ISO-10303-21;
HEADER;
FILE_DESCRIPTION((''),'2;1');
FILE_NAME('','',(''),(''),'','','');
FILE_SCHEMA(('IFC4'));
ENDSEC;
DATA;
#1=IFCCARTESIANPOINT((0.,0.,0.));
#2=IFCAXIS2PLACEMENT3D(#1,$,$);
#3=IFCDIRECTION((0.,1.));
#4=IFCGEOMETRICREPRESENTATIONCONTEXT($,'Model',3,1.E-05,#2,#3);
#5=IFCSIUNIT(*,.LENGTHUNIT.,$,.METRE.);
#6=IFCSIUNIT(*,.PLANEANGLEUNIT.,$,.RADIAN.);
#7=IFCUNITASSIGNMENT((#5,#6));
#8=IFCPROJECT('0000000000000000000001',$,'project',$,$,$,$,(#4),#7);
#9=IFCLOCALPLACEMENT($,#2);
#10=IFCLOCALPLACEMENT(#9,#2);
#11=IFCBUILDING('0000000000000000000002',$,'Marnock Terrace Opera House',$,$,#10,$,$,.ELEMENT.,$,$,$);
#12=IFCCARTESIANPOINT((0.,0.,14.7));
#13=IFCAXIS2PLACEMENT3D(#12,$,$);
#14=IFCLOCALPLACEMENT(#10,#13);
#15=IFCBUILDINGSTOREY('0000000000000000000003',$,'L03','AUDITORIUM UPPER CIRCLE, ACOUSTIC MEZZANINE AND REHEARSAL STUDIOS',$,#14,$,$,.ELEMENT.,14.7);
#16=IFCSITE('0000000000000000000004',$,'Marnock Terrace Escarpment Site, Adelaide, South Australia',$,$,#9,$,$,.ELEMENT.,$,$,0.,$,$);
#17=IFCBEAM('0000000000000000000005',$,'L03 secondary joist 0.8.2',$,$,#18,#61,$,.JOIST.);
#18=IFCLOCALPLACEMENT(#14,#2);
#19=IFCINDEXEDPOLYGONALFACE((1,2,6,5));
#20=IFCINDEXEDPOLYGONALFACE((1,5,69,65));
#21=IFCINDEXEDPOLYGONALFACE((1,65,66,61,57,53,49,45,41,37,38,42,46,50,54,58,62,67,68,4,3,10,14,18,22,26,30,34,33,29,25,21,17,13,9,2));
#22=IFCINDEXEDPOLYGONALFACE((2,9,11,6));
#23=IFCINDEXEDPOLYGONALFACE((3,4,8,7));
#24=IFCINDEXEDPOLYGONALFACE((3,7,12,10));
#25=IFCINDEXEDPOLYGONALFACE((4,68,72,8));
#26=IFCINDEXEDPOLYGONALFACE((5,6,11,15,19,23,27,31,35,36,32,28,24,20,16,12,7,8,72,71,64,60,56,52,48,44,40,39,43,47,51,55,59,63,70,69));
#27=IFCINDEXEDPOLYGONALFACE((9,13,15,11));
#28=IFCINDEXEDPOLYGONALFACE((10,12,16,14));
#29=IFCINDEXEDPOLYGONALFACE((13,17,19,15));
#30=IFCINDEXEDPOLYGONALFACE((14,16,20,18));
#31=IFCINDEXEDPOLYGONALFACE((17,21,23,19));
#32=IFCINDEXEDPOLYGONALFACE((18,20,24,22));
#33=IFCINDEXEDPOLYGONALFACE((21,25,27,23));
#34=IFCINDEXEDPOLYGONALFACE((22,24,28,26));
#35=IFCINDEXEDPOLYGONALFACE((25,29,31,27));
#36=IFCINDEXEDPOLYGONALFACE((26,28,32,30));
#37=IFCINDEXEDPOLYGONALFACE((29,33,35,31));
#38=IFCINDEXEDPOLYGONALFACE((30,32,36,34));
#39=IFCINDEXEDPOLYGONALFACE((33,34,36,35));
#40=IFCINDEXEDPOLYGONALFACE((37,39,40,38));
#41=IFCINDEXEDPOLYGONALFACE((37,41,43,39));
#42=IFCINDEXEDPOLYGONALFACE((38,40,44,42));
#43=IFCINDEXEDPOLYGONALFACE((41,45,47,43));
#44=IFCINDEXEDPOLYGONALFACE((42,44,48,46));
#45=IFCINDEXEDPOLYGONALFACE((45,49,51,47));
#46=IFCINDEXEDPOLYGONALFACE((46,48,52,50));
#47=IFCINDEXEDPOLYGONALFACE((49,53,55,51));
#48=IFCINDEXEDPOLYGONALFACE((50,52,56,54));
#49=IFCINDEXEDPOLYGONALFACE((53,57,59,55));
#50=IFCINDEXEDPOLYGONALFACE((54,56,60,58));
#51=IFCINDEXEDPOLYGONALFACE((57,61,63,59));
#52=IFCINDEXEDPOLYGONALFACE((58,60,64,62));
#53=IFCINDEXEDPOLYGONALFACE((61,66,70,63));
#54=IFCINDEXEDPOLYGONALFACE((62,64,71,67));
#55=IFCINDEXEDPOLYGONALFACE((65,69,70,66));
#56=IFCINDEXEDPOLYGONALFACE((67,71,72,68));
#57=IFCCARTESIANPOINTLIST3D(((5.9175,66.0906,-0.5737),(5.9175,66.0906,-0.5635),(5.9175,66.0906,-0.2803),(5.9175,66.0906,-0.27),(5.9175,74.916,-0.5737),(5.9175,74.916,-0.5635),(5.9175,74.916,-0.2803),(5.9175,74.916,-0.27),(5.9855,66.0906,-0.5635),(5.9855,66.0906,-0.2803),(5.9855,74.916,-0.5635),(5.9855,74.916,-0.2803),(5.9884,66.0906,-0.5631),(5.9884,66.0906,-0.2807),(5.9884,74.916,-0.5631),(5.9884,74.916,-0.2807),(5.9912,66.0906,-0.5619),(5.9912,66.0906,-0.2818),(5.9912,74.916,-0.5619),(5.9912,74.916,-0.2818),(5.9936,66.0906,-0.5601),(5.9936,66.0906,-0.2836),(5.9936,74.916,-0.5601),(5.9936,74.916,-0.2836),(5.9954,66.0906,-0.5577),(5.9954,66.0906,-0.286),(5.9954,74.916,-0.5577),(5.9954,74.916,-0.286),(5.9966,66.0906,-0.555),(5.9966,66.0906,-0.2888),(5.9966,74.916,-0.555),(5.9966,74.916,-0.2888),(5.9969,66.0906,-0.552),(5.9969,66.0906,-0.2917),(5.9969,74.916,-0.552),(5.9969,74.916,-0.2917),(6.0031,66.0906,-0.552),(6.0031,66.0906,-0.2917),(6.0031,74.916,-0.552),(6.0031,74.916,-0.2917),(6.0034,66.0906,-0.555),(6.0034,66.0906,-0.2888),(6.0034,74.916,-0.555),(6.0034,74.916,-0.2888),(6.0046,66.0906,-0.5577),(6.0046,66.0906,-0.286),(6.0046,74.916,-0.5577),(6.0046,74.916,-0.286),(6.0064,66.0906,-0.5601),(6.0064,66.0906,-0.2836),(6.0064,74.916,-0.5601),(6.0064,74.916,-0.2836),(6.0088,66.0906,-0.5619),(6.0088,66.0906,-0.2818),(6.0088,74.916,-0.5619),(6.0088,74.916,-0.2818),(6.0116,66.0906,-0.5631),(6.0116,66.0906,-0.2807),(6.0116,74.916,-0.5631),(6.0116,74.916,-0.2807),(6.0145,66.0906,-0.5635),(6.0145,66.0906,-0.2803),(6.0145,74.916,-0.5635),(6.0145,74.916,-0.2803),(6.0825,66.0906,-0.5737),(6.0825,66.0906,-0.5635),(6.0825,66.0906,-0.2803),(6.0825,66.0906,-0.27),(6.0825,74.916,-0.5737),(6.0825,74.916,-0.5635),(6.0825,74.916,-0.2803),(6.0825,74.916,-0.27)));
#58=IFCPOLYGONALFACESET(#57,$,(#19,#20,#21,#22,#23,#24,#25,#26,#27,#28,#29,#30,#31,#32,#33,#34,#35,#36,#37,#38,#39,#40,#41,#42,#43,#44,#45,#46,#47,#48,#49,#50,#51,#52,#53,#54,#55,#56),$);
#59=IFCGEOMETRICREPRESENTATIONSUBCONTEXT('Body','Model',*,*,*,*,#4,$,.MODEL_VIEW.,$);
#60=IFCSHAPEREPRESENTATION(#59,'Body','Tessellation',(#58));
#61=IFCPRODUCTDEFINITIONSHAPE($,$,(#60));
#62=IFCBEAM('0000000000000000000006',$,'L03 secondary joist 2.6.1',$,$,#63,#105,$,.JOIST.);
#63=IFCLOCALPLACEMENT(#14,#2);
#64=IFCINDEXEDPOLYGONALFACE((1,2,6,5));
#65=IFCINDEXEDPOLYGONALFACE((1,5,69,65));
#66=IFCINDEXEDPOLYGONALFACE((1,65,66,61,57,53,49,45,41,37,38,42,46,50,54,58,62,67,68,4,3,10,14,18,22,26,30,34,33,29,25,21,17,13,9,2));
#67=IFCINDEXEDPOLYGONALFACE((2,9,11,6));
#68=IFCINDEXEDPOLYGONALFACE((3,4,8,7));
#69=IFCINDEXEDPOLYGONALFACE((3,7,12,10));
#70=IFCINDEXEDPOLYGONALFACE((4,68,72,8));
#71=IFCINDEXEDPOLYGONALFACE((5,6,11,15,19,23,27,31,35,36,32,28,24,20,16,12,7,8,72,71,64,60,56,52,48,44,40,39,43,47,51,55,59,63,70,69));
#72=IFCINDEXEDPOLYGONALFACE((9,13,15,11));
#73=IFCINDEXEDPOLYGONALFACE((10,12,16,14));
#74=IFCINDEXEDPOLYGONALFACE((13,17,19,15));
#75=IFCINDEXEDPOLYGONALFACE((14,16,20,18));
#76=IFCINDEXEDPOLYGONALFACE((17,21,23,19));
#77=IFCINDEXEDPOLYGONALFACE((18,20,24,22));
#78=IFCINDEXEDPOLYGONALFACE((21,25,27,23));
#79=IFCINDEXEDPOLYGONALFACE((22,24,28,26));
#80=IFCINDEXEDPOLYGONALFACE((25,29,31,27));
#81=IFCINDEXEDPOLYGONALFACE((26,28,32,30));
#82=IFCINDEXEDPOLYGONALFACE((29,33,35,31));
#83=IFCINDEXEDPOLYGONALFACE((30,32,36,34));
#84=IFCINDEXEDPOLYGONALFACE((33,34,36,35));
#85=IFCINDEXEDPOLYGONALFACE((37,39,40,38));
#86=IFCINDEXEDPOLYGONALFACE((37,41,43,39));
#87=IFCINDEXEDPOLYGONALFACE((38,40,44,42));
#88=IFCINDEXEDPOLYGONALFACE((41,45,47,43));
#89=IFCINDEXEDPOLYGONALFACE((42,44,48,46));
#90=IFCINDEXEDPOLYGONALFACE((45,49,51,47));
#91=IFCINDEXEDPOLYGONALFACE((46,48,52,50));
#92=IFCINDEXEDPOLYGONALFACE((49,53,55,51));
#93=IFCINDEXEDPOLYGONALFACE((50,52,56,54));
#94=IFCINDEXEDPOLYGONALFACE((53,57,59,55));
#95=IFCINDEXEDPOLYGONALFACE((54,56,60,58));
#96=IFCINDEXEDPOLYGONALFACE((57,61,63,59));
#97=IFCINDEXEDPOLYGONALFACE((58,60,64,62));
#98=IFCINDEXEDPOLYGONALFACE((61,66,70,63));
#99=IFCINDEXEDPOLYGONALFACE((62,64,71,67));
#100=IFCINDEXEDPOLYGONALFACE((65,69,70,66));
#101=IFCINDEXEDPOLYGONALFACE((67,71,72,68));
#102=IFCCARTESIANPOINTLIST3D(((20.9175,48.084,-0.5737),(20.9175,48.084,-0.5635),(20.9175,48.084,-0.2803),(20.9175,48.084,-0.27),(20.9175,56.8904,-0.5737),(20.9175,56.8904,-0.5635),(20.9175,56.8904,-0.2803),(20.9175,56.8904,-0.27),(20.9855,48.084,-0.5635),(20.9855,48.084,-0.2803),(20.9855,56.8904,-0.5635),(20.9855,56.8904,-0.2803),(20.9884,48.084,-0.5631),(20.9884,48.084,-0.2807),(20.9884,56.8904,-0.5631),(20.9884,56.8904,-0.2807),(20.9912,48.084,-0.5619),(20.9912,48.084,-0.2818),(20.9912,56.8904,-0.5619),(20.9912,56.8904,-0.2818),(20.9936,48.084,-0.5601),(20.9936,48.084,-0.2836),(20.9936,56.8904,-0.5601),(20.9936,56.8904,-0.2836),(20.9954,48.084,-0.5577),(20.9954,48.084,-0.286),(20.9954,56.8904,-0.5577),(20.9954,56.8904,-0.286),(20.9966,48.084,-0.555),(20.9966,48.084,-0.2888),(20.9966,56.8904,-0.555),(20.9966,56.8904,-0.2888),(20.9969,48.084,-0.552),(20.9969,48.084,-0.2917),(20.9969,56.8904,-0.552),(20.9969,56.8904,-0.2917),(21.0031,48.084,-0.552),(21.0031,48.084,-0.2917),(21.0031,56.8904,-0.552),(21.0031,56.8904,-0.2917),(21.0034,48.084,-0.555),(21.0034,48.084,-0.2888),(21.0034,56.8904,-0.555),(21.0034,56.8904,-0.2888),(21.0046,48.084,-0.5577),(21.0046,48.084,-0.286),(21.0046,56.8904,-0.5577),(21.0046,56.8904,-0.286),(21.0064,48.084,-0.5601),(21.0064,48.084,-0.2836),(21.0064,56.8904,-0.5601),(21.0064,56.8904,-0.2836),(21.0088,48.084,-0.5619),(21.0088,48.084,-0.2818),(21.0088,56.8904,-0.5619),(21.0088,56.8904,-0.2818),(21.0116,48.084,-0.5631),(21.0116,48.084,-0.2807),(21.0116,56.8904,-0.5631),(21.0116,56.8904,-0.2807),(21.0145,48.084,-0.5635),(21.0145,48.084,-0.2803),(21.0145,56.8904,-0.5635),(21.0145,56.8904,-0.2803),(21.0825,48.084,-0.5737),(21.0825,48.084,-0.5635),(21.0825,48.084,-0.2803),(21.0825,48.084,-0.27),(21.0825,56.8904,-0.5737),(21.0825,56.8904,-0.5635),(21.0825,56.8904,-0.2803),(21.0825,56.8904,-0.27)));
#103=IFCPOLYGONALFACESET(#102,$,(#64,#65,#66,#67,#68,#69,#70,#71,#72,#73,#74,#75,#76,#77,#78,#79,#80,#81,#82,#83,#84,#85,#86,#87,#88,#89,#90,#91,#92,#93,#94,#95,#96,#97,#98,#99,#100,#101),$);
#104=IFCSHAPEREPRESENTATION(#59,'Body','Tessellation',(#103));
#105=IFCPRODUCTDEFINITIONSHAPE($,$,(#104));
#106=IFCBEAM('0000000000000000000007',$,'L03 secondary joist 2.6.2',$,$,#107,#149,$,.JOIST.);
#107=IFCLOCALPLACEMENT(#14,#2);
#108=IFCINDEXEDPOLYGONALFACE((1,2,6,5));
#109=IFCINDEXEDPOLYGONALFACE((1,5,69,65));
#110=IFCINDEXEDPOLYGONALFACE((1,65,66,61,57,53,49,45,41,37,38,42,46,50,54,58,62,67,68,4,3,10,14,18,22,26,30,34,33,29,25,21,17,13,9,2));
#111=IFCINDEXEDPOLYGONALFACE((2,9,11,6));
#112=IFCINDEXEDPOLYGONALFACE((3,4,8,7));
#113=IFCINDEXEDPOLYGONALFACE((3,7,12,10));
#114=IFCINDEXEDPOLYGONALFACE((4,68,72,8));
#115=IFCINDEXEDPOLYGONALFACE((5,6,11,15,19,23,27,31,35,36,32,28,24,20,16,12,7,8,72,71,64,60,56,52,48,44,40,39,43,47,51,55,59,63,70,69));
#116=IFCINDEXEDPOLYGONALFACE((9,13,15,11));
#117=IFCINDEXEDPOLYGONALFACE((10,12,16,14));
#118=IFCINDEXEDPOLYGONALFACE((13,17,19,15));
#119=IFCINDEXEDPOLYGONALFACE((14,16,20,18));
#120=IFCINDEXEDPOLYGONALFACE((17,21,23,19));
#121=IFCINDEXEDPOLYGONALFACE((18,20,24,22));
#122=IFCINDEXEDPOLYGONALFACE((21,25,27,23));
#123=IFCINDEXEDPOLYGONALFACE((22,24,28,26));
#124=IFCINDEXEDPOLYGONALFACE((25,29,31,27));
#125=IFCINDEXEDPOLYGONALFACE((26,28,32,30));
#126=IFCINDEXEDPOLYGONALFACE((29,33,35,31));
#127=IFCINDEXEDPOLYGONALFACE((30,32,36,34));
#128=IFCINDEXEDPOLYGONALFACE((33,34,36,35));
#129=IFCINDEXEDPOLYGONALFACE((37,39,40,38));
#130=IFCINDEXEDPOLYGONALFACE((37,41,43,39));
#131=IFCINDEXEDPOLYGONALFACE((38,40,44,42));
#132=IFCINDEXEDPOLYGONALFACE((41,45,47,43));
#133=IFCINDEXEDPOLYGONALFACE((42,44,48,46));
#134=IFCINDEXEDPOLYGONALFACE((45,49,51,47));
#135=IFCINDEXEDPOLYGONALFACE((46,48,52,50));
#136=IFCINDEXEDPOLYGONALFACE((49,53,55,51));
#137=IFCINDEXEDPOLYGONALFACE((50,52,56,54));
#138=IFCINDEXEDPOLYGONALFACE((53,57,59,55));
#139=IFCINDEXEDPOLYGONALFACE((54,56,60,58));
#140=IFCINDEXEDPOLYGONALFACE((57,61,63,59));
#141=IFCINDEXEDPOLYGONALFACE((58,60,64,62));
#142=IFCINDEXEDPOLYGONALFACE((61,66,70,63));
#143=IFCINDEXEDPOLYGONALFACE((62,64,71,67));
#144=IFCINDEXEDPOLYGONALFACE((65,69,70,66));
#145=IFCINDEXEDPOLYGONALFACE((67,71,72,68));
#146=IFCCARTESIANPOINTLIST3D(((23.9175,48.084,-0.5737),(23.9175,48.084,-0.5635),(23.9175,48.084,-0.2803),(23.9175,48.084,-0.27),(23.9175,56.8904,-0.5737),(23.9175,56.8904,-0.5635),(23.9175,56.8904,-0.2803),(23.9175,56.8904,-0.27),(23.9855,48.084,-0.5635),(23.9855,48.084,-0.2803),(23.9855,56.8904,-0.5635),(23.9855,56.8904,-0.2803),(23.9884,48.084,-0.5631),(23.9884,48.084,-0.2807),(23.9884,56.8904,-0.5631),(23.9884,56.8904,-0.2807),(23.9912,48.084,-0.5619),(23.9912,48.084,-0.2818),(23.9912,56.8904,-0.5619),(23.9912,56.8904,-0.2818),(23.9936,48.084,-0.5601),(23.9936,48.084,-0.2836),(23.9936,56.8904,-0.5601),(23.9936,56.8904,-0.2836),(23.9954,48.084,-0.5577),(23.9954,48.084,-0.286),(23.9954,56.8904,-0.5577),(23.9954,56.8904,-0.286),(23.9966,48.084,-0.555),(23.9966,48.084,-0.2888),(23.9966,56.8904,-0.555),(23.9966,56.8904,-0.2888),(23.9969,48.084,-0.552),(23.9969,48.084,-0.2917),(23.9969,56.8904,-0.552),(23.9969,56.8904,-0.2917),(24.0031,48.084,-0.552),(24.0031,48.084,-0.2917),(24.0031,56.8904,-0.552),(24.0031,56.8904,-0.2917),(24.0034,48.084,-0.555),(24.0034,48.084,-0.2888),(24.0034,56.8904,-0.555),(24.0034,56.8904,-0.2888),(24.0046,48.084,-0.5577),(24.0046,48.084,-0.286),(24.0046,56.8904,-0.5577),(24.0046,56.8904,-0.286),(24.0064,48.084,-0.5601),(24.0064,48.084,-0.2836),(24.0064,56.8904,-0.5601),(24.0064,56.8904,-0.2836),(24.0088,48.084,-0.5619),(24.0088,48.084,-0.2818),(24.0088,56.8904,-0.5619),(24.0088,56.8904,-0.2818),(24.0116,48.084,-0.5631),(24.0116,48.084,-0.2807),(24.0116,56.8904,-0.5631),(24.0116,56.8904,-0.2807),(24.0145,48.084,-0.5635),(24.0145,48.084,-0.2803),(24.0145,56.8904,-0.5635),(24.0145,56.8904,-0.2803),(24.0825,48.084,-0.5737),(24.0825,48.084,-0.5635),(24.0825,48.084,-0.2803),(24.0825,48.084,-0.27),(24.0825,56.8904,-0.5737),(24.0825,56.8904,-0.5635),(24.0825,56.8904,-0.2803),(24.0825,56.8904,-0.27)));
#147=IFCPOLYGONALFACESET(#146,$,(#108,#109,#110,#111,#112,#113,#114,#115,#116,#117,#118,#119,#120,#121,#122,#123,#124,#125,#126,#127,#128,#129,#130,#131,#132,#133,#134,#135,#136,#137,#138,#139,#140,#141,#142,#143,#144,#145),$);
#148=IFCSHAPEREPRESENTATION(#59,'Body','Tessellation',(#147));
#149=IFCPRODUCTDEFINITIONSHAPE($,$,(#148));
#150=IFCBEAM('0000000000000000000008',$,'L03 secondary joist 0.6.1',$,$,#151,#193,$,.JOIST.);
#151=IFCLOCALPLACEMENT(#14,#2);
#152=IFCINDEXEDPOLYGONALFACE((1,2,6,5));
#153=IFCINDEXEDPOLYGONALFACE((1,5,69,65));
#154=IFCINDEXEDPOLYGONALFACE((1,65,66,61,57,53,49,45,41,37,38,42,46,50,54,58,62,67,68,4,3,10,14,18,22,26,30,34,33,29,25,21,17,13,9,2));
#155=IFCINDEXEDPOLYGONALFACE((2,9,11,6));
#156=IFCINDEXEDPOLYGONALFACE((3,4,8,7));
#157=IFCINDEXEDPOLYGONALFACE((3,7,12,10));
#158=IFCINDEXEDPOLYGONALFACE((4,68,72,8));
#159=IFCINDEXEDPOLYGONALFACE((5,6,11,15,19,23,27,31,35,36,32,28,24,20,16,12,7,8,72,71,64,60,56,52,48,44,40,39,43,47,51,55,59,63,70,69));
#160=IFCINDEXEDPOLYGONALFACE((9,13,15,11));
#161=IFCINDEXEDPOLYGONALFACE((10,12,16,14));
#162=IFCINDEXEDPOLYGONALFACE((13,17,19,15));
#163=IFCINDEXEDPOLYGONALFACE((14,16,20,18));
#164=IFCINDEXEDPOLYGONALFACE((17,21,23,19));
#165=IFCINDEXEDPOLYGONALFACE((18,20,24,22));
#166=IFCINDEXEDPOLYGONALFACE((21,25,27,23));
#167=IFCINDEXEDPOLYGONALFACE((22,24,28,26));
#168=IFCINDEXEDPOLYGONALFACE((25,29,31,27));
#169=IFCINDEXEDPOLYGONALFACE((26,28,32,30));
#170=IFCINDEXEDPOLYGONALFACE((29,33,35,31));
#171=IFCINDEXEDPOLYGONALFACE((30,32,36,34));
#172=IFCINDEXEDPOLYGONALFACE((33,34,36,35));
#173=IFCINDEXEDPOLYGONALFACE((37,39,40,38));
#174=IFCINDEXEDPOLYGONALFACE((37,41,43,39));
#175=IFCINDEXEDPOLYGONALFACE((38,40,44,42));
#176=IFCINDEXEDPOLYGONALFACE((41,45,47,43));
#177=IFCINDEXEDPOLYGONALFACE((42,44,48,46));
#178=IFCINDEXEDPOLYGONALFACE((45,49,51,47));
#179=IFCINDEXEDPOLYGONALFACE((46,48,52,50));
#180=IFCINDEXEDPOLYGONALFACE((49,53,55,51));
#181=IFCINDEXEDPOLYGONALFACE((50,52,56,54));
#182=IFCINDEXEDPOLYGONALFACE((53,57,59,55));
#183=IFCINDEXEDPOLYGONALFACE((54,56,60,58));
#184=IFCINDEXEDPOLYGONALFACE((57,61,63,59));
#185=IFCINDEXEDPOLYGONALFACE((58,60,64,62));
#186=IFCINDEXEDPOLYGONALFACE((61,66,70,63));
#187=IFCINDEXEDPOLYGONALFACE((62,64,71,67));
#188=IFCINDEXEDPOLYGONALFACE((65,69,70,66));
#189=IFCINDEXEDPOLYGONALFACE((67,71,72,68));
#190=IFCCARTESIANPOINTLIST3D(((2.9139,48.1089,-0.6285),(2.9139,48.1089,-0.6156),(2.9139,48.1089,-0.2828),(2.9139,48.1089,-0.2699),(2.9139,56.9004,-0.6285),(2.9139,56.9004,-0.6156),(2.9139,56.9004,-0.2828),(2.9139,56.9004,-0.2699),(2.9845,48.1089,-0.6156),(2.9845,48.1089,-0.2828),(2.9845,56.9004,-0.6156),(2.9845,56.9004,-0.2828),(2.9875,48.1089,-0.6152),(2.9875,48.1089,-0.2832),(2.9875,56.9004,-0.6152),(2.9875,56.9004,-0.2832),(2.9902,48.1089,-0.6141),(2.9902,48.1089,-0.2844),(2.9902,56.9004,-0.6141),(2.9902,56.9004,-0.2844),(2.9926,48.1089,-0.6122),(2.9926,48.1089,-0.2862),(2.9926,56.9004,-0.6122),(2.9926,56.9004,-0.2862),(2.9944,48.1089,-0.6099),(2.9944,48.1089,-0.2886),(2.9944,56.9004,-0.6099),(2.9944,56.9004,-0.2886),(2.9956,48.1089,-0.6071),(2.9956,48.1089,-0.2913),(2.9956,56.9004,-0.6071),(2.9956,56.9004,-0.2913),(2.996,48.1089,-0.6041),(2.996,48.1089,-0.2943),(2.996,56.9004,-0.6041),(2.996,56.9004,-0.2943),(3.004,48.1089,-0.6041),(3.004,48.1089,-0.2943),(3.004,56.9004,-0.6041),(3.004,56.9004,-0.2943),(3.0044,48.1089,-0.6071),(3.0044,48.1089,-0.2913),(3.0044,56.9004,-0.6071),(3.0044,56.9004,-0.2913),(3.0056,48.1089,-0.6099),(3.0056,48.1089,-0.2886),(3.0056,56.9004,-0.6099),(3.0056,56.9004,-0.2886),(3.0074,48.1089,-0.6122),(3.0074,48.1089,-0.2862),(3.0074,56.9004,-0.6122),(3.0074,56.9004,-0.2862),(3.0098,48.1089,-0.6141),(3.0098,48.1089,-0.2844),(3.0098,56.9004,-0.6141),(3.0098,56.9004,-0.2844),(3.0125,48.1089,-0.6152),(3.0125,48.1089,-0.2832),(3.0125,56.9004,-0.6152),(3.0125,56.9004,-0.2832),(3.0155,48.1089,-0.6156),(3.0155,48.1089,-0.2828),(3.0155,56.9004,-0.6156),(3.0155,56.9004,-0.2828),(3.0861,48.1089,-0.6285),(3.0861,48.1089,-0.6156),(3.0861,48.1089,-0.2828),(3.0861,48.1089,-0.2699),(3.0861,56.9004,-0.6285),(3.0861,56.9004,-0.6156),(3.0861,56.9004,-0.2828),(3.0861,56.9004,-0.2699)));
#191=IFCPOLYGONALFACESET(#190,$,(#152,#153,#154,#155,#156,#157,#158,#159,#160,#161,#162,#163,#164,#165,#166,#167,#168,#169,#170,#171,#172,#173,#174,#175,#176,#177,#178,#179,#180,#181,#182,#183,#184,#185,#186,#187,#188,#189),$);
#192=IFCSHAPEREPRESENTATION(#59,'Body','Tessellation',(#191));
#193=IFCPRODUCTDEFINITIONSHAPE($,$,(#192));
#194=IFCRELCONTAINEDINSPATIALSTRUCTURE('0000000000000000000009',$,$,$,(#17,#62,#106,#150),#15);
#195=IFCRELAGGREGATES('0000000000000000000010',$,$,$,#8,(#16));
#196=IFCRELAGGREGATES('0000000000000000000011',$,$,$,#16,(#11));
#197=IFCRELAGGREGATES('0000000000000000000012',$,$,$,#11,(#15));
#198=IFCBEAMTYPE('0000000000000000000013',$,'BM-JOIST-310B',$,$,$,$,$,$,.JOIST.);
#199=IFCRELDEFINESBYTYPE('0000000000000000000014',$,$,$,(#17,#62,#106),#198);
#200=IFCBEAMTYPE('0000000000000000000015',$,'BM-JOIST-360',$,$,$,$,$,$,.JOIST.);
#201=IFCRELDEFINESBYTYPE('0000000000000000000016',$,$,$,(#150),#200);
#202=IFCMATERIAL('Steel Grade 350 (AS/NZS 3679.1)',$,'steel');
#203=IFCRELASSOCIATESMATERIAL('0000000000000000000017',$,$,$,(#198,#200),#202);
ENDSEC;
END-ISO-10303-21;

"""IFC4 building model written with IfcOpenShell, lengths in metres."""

from ifc_helpers import new_model, si_unit, direction, frame, origin, origin_2d, place, context, subcontext, project, spatial, i_section, extrude, material, material_profile, profile_set, type_object, element, save


model = new_model("IFC4")

# Units and contexts
model_context = context("Model", 3, precision=1e-05, world=origin(), true_north=direction((0.0, 1.0)))
body_context = subcontext(model_context, "Body", "Model", "MODEL_VIEW")
ifc_project = project(units=[si_unit("LENGTHUNIT", "METRE"), si_unit("PLANEANGLEUNIT", "RADIAN")], contexts=[model_context])

# Site, building, storey
site_placement = place(None, origin())
site = spatial("IfcSite", under=ifc_project, at=site_placement, Name="Marnock Terrace Escarpment Site, Adelaide, South Australia", CompositionType="ELEMENT", RefElevation=0.0)
building_placement = place(site_placement, origin())
building = spatial("IfcBuilding", under=site, at=building_placement, Name="Marnock Terrace Opera House", CompositionType="ELEMENT")
storey_placement = place(building_placement, frame((0.0, 0.0, 14.7)))
storey = spatial("IfcBuildingStorey", under=building, at=storey_placement, Name="L03", Description="AUDITORIUM UPPER CIRCLE, ACOUSTIC MEZZANINE AND REHEARSAL STUDIOS", CompositionType="ELEMENT", Elevation=14.7)

# Shared definitions
ifc_material_1 = material(Name="Steel Grade 350 (AS/NZS 3679.1)", Category="steel")

# Beams
ifc_material_profile_1 = material_profile(ifc_material_1, i_section(OverallWidth=0.165, OverallDepth=0.3037, WebThickness=0.0061, FlangeThickness=0.0103, FilletRadius=0.0115, at=origin_2d()))
ifc_profile_set_1 = profile_set([ifc_material_profile_1], Name="Steel Grade 350 (AS/NZS 3679.1)")
beam_type_1 = type_object("IfcBeamType", Name="BM-JOIST-310B", PredefinedType="JOIST", material=ifc_profile_set_1)
for number, where, z_axis, x_axis, name in (
    (1, (6.0, 66.0906, -0.4219), (0.0, 1.0, 0.0), (-1.0, 0.0, 0.0), "L03 secondary joist 0.8.2"),
):
    element("IfcBeam", number, at=place(storey_placement, frame(where, z_axis=z_axis, x_axis=x_axis)), inside=storey, type_object=beam_type_1, Name=name, PredefinedType="JOIST", context=body_context, shape_type="SweptSolid", body=[
        extrude(i_section(OverallWidth=0.165, OverallDepth=0.3037, WebThickness=0.0061, FlangeThickness=0.0103, FilletRadius=0.0115, at=origin_2d()), origin(), (0.0, 0.0, 1.0), 8.8254),
    ])
for number, where, z_axis, x_axis, name in (
    (2, (21.0, 48.084, -0.4219), (0.0, 1.0, 0.0), (-1.0, 0.0, 0.0), "L03 secondary joist 2.6.1"),
    (3, (24.0, 48.084, -0.4219), (0.0, 1.0, 0.0), (-1.0, 0.0, 0.0), "L03 secondary joist 2.6.2"),
):
    element("IfcBeam", number, at=place(storey_placement, frame(where, z_axis=z_axis, x_axis=x_axis)), inside=storey, type_object=beam_type_1, Name=name, PredefinedType="JOIST", context=body_context, shape_type="SweptSolid", body=[
        extrude(i_section(OverallWidth=0.165, OverallDepth=0.3037, WebThickness=0.0061, FlangeThickness=0.0103, FilletRadius=0.0115, at=origin_2d()), origin(), (0.0, 0.0, 1.0), 8.8064),
    ])
ifc_material_profile_2 = material_profile(ifc_material_1, i_section(OverallWidth=0.1721, OverallDepth=0.3586, WebThickness=0.0081, FlangeThickness=0.0129, FilletRadius=0.0115, at=origin_2d()))
ifc_profile_set_2 = profile_set([ifc_material_profile_2], Name="Steel Grade 350 (AS/NZS 3679.1)")
beam_type_2 = type_object("IfcBeamType", Name="BM-JOIST-360", PredefinedType="JOIST", material=ifc_profile_set_2)
for number, where, z_axis, x_axis, name in (
    (4, (3.0, 48.1089, -0.4492), (0.0, 1.0, 0.0), (-1.0, 0.0, 0.0), "L03 secondary joist 0.6.1"),
):
    element("IfcBeam", number, at=place(storey_placement, frame(where, z_axis=z_axis, x_axis=x_axis)), inside=storey, type_object=beam_type_2, Name=name, PredefinedType="JOIST", context=body_context, shape_type="SweptSolid", body=[
        extrude(i_section(OverallWidth=0.1721, OverallDepth=0.3586, WebThickness=0.0081, FlangeThickness=0.0129, FilletRadius=0.0115, at=origin_2d()), origin(), (0.0, 0.0, 1.0), 8.7915),
    ])

save(model, "model.ifc")
